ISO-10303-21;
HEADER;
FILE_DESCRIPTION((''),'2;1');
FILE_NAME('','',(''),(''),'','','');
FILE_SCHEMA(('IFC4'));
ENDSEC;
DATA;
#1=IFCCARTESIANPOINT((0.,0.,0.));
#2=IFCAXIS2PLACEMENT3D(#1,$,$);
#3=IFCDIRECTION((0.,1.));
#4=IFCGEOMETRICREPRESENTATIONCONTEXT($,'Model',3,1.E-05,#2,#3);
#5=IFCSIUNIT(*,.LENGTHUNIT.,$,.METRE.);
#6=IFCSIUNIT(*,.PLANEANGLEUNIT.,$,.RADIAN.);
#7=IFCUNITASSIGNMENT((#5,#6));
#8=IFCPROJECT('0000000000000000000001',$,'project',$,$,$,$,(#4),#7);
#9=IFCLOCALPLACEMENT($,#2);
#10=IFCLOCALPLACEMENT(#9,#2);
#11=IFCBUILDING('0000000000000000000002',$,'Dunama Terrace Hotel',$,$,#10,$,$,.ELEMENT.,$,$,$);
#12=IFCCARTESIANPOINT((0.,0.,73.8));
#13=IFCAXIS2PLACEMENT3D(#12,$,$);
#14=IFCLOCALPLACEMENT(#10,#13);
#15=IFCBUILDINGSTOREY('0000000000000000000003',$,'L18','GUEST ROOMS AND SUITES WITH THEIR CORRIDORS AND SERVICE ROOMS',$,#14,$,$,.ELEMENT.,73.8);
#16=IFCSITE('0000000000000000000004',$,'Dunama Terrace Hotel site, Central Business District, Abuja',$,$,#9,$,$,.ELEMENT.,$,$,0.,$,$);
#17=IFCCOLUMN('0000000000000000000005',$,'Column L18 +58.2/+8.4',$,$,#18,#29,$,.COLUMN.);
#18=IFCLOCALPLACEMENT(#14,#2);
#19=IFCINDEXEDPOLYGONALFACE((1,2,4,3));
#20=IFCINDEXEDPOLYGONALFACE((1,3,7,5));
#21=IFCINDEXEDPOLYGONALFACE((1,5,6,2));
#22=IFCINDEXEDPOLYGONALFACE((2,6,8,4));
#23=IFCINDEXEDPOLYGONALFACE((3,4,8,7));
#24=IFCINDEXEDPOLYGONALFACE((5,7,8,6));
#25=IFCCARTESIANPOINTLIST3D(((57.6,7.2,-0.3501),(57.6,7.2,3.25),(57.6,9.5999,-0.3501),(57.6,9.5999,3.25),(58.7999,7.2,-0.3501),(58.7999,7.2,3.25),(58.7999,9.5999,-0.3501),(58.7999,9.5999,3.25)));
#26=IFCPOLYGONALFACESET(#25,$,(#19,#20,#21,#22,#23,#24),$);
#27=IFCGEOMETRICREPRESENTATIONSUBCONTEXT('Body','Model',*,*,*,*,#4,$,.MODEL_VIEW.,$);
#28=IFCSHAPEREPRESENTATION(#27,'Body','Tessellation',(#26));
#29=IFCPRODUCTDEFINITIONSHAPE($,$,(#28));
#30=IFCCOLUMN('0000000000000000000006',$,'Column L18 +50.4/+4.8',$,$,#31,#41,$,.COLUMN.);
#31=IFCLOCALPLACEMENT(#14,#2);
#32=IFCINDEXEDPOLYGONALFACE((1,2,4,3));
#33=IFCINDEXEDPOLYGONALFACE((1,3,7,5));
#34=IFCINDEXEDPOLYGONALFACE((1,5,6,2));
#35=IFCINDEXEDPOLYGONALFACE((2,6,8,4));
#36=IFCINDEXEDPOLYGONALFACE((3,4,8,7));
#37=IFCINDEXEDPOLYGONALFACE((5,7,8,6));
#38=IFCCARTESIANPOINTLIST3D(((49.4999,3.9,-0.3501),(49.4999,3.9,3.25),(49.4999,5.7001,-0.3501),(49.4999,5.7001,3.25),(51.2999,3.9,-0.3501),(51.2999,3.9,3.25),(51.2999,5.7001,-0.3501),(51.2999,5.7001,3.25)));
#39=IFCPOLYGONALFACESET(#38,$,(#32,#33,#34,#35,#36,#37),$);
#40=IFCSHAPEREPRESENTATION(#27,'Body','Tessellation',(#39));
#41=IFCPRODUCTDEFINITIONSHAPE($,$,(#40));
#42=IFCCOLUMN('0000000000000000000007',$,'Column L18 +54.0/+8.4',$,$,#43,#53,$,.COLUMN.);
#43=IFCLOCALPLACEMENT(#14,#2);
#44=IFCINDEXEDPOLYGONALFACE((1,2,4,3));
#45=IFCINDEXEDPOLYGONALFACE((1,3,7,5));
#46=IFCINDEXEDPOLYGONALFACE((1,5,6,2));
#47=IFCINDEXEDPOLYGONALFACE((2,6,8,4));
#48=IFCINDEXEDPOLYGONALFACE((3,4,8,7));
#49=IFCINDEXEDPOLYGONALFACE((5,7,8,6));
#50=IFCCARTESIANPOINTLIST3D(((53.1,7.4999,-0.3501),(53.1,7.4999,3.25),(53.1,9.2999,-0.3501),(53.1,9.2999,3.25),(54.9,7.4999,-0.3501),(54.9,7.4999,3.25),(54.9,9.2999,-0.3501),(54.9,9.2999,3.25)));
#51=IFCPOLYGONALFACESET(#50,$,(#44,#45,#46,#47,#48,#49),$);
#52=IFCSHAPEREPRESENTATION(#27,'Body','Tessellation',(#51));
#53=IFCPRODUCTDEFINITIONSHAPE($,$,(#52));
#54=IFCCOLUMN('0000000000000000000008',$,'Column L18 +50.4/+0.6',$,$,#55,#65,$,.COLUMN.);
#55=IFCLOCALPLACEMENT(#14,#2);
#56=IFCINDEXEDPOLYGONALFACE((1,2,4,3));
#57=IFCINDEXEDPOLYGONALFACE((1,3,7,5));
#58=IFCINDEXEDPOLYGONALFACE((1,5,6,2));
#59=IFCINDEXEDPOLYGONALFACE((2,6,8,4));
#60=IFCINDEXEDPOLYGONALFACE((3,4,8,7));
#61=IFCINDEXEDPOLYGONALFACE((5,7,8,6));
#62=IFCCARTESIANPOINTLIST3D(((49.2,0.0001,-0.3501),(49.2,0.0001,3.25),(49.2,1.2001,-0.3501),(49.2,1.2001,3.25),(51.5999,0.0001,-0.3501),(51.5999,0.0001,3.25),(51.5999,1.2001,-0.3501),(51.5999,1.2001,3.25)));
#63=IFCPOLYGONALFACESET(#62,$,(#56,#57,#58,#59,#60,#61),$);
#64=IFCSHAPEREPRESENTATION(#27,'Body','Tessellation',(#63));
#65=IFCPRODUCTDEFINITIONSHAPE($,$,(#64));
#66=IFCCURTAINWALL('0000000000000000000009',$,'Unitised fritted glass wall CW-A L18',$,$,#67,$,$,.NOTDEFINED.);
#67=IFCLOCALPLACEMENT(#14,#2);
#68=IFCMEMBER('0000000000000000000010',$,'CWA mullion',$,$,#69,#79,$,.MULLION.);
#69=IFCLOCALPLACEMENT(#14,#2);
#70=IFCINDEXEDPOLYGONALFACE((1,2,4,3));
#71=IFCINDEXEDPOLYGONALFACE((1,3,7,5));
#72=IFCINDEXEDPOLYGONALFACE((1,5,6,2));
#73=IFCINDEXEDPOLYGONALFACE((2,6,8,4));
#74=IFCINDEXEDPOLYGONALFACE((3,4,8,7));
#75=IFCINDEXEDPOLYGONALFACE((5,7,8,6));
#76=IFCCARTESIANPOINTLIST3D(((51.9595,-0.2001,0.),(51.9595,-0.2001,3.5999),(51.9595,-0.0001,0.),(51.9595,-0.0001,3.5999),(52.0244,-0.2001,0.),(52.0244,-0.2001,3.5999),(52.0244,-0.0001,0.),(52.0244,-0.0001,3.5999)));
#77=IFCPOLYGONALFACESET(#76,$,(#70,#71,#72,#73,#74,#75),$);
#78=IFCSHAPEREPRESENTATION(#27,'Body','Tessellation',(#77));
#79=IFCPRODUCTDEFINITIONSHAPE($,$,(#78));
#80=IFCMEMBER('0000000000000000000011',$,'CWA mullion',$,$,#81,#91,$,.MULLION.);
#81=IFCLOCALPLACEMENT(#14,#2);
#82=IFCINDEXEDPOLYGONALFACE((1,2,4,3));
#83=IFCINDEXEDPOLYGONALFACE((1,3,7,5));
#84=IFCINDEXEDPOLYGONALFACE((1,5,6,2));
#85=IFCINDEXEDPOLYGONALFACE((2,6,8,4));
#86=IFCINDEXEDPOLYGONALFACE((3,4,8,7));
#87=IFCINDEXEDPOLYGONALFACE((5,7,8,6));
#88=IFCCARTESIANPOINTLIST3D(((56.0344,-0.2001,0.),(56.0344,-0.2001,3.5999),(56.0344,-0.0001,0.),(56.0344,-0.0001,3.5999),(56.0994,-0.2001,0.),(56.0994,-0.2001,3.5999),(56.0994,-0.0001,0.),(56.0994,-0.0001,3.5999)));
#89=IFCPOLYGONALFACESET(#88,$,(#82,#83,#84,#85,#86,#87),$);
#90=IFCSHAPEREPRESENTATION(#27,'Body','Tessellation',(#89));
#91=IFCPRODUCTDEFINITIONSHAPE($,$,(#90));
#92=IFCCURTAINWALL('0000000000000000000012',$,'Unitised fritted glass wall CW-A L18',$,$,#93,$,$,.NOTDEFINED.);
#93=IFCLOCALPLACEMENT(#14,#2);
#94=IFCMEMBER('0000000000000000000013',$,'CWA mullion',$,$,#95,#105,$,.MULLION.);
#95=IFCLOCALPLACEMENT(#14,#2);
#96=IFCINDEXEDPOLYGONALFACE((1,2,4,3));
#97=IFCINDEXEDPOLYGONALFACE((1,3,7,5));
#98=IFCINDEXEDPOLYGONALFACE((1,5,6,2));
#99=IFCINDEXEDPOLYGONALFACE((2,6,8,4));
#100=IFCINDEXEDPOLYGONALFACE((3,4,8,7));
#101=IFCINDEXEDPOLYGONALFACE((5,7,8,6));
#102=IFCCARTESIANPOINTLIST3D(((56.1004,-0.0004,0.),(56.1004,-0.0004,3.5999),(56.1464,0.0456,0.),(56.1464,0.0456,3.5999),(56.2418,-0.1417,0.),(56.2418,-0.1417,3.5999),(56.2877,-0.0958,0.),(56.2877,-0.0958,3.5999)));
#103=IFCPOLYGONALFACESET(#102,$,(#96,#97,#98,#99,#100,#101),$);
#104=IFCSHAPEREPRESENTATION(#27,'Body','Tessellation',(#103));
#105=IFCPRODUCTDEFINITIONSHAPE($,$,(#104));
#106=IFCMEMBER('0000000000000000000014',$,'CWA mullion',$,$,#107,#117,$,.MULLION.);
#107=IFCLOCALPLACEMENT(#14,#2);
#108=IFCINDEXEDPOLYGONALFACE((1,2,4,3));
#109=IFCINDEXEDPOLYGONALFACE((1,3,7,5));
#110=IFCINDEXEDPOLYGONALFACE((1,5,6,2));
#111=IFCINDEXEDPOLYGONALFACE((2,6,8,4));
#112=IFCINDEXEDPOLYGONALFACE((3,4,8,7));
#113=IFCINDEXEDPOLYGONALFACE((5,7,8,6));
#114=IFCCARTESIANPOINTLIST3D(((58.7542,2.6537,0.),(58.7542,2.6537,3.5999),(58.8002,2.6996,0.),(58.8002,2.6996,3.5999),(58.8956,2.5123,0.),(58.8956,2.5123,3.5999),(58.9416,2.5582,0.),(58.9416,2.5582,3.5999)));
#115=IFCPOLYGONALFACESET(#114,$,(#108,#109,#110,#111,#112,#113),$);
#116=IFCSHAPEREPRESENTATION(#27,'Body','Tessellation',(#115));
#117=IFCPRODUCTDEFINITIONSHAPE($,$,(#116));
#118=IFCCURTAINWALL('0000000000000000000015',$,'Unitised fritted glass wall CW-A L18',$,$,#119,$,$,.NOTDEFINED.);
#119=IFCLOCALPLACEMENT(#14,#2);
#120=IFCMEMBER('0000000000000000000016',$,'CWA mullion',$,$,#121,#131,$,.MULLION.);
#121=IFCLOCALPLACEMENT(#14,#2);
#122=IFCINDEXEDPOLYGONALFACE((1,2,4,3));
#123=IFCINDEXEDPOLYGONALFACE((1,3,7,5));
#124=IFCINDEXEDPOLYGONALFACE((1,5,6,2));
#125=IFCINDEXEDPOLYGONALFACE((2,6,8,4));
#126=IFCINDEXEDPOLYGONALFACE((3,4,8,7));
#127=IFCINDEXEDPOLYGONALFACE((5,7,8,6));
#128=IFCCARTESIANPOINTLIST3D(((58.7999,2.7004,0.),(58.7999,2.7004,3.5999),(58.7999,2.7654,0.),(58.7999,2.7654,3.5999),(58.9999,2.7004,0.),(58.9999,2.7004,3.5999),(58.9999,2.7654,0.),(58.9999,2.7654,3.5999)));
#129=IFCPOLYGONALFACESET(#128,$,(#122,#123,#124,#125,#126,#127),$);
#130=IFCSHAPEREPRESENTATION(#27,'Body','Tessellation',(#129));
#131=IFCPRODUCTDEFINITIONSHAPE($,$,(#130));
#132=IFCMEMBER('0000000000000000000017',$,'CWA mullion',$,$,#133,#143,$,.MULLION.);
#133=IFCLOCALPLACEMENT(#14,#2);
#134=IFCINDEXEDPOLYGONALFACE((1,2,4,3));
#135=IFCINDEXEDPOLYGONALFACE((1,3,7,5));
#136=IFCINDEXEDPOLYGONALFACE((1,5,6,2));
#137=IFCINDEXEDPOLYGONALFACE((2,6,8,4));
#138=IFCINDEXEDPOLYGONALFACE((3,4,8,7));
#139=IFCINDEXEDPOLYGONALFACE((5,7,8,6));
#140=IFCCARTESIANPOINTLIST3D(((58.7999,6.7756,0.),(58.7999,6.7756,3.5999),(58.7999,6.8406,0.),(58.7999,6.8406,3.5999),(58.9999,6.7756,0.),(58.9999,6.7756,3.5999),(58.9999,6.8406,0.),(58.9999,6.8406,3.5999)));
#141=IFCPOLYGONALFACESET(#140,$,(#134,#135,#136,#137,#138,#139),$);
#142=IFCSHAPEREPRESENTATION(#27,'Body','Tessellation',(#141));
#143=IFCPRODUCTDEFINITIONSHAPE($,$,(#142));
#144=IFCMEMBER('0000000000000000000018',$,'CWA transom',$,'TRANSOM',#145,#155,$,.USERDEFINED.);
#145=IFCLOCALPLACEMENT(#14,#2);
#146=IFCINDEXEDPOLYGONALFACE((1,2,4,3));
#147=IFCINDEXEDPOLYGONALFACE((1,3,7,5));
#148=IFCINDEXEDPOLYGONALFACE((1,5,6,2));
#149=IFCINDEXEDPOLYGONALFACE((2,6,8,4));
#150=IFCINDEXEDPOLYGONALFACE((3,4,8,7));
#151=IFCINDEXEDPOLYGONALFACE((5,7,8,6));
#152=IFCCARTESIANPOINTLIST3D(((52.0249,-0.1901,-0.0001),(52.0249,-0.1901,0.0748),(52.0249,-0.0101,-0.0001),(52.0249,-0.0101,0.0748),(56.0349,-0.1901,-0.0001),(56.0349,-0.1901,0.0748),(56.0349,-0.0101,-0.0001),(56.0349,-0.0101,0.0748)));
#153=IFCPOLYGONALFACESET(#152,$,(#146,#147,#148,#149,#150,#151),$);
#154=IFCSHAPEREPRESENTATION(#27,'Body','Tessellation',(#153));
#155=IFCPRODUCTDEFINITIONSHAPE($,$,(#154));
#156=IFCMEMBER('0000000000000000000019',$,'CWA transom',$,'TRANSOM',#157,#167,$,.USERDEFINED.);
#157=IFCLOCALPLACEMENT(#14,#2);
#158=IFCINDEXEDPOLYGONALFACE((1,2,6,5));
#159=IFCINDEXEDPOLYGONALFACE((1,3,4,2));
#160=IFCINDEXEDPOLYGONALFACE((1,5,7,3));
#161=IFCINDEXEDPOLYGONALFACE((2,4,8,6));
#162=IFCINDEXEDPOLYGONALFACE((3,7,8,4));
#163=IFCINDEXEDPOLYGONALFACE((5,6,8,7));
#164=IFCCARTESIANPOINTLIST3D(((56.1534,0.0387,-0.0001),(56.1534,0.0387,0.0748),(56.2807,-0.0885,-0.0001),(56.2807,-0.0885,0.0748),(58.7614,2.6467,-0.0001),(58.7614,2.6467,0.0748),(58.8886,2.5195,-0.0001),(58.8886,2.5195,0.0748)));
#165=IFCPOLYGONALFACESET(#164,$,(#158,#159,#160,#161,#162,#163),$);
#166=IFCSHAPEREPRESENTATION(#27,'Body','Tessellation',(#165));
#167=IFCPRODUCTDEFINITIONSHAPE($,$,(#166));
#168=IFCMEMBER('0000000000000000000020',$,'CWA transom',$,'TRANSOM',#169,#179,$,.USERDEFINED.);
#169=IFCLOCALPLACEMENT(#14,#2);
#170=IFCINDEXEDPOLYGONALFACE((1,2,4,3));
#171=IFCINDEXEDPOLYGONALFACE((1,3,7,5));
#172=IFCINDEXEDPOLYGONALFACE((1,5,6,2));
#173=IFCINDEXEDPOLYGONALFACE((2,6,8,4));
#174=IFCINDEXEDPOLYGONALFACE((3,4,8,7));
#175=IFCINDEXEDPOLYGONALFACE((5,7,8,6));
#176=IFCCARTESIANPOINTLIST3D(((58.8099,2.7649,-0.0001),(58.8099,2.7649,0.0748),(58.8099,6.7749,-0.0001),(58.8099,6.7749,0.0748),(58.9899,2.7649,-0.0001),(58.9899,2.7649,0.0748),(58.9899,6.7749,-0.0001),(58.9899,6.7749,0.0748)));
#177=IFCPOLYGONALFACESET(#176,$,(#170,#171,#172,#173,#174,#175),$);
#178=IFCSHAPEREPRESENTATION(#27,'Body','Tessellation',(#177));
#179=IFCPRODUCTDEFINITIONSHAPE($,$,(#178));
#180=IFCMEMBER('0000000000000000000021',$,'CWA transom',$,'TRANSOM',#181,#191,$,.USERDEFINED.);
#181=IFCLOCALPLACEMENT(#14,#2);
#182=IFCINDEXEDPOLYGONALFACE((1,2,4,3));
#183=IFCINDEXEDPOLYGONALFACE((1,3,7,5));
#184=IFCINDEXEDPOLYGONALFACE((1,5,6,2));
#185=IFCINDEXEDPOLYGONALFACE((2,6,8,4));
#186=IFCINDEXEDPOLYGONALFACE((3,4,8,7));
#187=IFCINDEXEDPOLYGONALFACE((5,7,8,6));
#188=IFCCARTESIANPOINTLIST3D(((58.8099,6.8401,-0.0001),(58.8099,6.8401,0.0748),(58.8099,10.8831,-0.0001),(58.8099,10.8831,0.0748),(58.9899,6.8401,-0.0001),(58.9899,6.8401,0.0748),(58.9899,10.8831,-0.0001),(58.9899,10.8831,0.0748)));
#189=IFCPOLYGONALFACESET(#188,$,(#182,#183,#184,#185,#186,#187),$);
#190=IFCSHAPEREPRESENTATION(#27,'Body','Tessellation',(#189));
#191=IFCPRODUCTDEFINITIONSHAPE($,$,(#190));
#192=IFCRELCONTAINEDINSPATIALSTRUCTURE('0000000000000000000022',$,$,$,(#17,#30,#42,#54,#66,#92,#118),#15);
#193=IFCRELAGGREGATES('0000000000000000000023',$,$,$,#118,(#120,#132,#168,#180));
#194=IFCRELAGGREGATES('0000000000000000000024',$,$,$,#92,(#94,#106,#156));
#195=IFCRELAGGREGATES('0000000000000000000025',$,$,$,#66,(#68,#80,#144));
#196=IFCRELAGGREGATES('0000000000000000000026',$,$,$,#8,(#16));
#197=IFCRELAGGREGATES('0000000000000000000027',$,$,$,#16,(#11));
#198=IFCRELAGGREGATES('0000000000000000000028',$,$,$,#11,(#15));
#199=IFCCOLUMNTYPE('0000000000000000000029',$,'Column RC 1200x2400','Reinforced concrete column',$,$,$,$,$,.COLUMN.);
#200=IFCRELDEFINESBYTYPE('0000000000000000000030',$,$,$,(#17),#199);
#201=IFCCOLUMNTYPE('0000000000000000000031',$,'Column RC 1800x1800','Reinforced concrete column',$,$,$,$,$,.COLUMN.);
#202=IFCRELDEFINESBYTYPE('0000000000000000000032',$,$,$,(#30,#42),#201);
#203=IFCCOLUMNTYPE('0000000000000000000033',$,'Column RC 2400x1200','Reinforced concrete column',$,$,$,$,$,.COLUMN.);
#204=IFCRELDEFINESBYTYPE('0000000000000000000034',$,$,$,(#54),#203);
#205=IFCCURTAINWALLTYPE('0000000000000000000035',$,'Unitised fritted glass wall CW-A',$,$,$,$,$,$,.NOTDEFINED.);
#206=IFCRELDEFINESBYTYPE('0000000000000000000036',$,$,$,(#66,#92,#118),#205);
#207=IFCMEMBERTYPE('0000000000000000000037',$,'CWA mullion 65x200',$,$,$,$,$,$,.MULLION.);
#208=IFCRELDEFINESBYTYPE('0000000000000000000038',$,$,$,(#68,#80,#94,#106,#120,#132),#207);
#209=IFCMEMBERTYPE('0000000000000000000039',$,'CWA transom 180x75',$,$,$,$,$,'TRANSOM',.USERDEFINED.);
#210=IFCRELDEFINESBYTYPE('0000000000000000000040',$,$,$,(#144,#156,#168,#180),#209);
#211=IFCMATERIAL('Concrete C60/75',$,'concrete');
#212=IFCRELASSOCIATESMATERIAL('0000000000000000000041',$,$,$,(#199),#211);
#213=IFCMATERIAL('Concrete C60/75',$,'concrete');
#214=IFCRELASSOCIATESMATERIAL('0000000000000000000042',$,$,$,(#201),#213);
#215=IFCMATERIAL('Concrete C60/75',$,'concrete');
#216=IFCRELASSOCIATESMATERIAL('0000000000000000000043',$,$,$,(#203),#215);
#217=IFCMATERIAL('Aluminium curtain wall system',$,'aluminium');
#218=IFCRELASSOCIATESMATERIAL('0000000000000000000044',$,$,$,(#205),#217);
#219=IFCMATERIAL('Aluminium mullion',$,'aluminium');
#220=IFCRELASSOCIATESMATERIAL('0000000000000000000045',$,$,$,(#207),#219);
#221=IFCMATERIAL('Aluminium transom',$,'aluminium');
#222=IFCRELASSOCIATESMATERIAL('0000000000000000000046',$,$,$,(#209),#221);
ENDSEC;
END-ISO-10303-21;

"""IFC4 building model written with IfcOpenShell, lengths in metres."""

from ifc_helpers import new_model, si_unit, direction, frame, origin, origin_2d, place, context, subcontext, project, spatial, rectangle, extrude, material, material_profile, profile_set, type_object, element, aggregate, save


model = new_model("IFC4")

# Units and contexts
model_context = context("Model", 3, precision=1e-05, world=origin(), true_north=direction((0.0, 1.0)))
body_context = subcontext(model_context, "Body", "Model", "MODEL_VIEW")
ifc_project = project(units=[si_unit("LENGTHUNIT", "METRE"), si_unit("PLANEANGLEUNIT", "RADIAN")], contexts=[model_context])

# Site, building, storey
site_placement = place(None, origin())
site = spatial("IfcSite", under=ifc_project, at=site_placement, Name="Dunama Terrace Hotel site, Central Business District, Abuja", CompositionType="ELEMENT", RefElevation=0.0)
building_placement = place(site_placement, origin())
building = spatial("IfcBuilding", under=site, at=building_placement, Name="Dunama Terrace Hotel", CompositionType="ELEMENT")
storey_placement = place(building_placement, frame((0.0, 0.0, 73.8)))
storey = spatial("IfcBuildingStorey", under=building, at=storey_placement, Name="L18", Description="GUEST ROOMS AND SUITES WITH THEIR CORRIDORS AND SERVICE ROOMS", CompositionType="ELEMENT", Elevation=73.8)

# Columns
ifc_material_1 = material(Name="Concrete C60/75", Category="concrete")
ifc_material_profile_1 = material_profile(ifc_material_1, rectangle(XDim=1.2, YDim=2.3999, at=origin_2d()), Name="RC 1200x2400")
ifc_profile_set_1 = profile_set([ifc_material_profile_1], Name="Concrete C60/75")
column_type_1 = type_object("IfcColumnType", Name="Column RC 1200x2400", Description="Reinforced concrete column", PredefinedType="COLUMN", material=ifc_profile_set_1)
column_1_placement = place(storey_placement, frame((58.2, 8.3999, -0.3501), z_axis=(0.0, 0.0, 1.0), x_axis=(1.0, 0.0, 0.0)))
element("IfcColumn", 1, at=column_1_placement, inside=storey, type_object=column_type_1, Name="Column L18 +58.2/+8.4", PredefinedType="COLUMN", context=body_context, shape_type="SweptSolid", body=[
    extrude(rectangle(XDim=1.2, YDim=2.3999, at=origin_2d()), origin(), (0.0, 0.0, 1.0), 3.6001),
])
ifc_material_2 = material(Name="Concrete C60/75", Category="concrete")
ifc_material_profile_2 = material_profile(ifc_material_2, rectangle(XDim=1.8, YDim=1.8, at=origin_2d()), Name="RC 1800x1800")
ifc_profile_set_2 = profile_set([ifc_material_profile_2], Name="Concrete C60/75")
column_type_2 = type_object("IfcColumnType", Name="Column RC 1800x1800", Description="Reinforced concrete column", PredefinedType="COLUMN", material=ifc_profile_set_2)
for number, where, z_axis, x_axis, name in (
    (2, (50.3999, 4.8, -0.3501), (0.0, 0.0, 1.0), (1.0, 0.0, 0.0), "Column L18 +50.4/+4.8"),
    (3, (54.0, 8.3999, -0.3501), (0.0, 0.0, 1.0), (1.0, 0.0, 0.0), "Column L18 +54.0/+8.4"),
):
    element("IfcColumn", number, at=place(storey_placement, frame(where, z_axis=z_axis, x_axis=x_axis)), inside=storey, type_object=column_type_2, Name=name, PredefinedType="COLUMN", context=body_context, shape_type="SweptSolid", body=[
        extrude(rectangle(XDim=1.8, YDim=1.8, at=origin_2d()), origin(), (0.0, 0.0, 1.0), 3.6001),
    ])
ifc_material_3 = material(Name="Concrete C60/75", Category="concrete")
ifc_material_profile_3 = material_profile(ifc_material_3, rectangle(XDim=2.3999, YDim=1.2, at=origin_2d()), Name="RC 2400x1200")
ifc_profile_set_3 = profile_set([ifc_material_profile_3], Name="Concrete C60/75")
column_type_3 = type_object("IfcColumnType", Name="Column RC 2400x1200", Description="Reinforced concrete column", PredefinedType="COLUMN", material=ifc_profile_set_3)
column_2_placement = place(storey_placement, frame((50.3999, 0.6001, -0.3501), z_axis=(0.0, 0.0, 1.0), x_axis=(1.0, 0.0, 0.0)))
element("IfcColumn", 4, at=column_2_placement, inside=storey, type_object=column_type_3, Name="Column L18 +50.4/+0.6", PredefinedType="COLUMN", context=body_context, shape_type="SweptSolid", body=[
    extrude(rectangle(XDim=2.3999, YDim=1.2, at=origin_2d()), origin(), (0.0, 0.0, 1.0), 3.6001),
])

# Curtain walls, members
ifc_material_4 = material(Name="Aluminium curtain wall system", Category="aluminium")
curtain_wall_type = type_object("IfcCurtainWallType", Name="Unitised fritted glass wall CW-A", PredefinedType="NOTDEFINED", material=ifc_material_4)
curtain_wall_1_placement = place(storey_placement, origin())
curtain_wall_1 = element("IfcCurtainWall", 5, at=curtain_wall_1_placement, inside=storey, type_object=curtain_wall_type, Name="Unitised fritted glass wall CW-A L18", PredefinedType="NOTDEFINED")
ifc_material_5 = material(Name="Aluminium mullion", Category="aluminium")
ifc_material_profile_4 = material_profile(ifc_material_5, rectangle(XDim=0.0649, YDim=0.2, at=origin_2d()), Name="CWA MULLION 65X200")
ifc_profile_set_4 = profile_set([ifc_material_profile_4], Name="Aluminium mullion")
member_type_1 = type_object("IfcMemberType", Name="CWA mullion 65x200", PredefinedType="MULLION", material=ifc_profile_set_4)
member_1_placement = place(storey_placement, frame((51.9919, -0.1001, 0.0), z_axis=(0.0, 0.0, 1.0), x_axis=(1.0, 0.0, 0.0)))
member_1 = element("IfcMember", 6, at=member_1_placement, type_object=member_type_1, Name="CWA mullion", PredefinedType="MULLION", context=body_context, shape_type="SweptSolid", body=[
    extrude(rectangle(XDim=0.0649, YDim=0.2, at=origin_2d()), origin(), (0.0, 0.0, 1.0), 3.5999),
])
member_2_placement = place(storey_placement, frame((56.0669, -0.1001, 0.0), z_axis=(0.0, 0.0, 1.0), x_axis=(1.0, 0.0, 0.0)))
member_2 = element("IfcMember", 7, at=member_2_placement, type_object=member_type_1, Name="CWA mullion", PredefinedType="MULLION", context=body_context, shape_type="SweptSolid", body=[
    extrude(rectangle(XDim=0.0649, YDim=0.2, at=origin_2d()), origin(), (0.0, 0.0, 1.0), 3.5999),
])
curtain_wall_2_placement = place(storey_placement, origin())
curtain_wall_2 = element("IfcCurtainWall", 8, at=curtain_wall_2_placement, inside=storey, type_object=curtain_wall_type, Name="Unitised fritted glass wall CW-A L18", PredefinedType="NOTDEFINED")
member_3_placement = place(storey_placement, frame((56.1941, -0.0481, 0.0), z_axis=(0.0, 0.0, 1.0), x_axis=(0.707107, 0.707107, 0.0)))
member_3 = element("IfcMember", 9, at=member_3_placement, type_object=member_type_1, Name="CWA mullion", PredefinedType="MULLION", context=body_context, shape_type="SweptSolid", body=[
    extrude(rectangle(XDim=0.0649, YDim=0.2, at=origin_2d()), origin(), (0.0, 0.0, 1.0), 3.5999),
])
member_4_placement = place(storey_placement, frame((58.8479, 2.606, 0.0), z_axis=(0.0, 0.0, 1.0), x_axis=(0.707107, 0.707107, 0.0)))
member_4 = element("IfcMember", 10, at=member_4_placement, type_object=member_type_1, Name="CWA mullion", PredefinedType="MULLION", context=body_context, shape_type="SweptSolid", body=[
    extrude(rectangle(XDim=0.0649, YDim=0.2, at=origin_2d()), origin(), (0.0, 0.0, 1.0), 3.5999),
])
curtain_wall_3_placement = place(storey_placement, origin())
curtain_wall_3 = element("IfcCurtainWall", 11, at=curtain_wall_3_placement, inside=storey, type_object=curtain_wall_type, Name="Unitised fritted glass wall CW-A L18", PredefinedType="NOTDEFINED")
member_5_placement = place(storey_placement, frame((58.8999, 2.7329, 0.0), z_axis=(0.0, 0.0, 1.0), x_axis=(0.0, 1.0, 0.0)))
member_5 = element("IfcMember", 12, at=member_5_placement, type_object=member_type_1, Name="CWA mullion", PredefinedType="MULLION", context=body_context, shape_type="SweptSolid", body=[
    extrude(rectangle(XDim=0.0649, YDim=0.2, at=origin_2d()), origin(), (0.0, 0.0, 1.0), 3.5999),
])
member_6_placement = place(storey_placement, frame((58.8999, 6.8081, 0.0), z_axis=(0.0, 0.0, 1.0), x_axis=(0.0, 1.0, 0.0)))
member_6 = element("IfcMember", 13, at=member_6_placement, type_object=member_type_1, Name="CWA mullion", PredefinedType="MULLION", context=body_context, shape_type="SweptSolid", body=[
    extrude(rectangle(XDim=0.0649, YDim=0.2, at=origin_2d()), origin(), (0.0, 0.0, 1.0), 3.5999),
])

# Members
ifc_material_6 = material(Name="Aluminium transom", Category="aluminium")
ifc_material_profile_5 = material_profile(ifc_material_6, rectangle(XDim=0.1799, YDim=0.075, at=origin_2d()), Name="CWA TRANSOM 180X75")
ifc_profile_set_5 = profile_set([ifc_material_profile_5], Name="Aluminium transom")
member_type_2 = type_object("IfcMemberType", Name="CWA transom 180x75", ElementType="TRANSOM", PredefinedType="USERDEFINED", material=ifc_profile_set_5)
member_7_placement = place(storey_placement, frame((52.0249, -0.1001, 0.0374), z_axis=(1.0, 0.0, 0.0), x_axis=(0.0, 1.0, 0.0)))
member_7 = element("IfcMember", 14, at=member_7_placement, type_object=member_type_2, Name="CWA transom", ObjectType="TRANSOM", PredefinedType="USERDEFINED", context=body_context, shape_type="SweptSolid", body=[
    extrude(rectangle(XDim=0.1799, YDim=0.075, at=origin_2d()), origin(), (0.0, 0.0, 1.0), 4.01),
])
member_8_placement = place(storey_placement, frame((56.217, -0.0249, 0.0374), z_axis=(0.707107, 0.707107, 0.0), x_axis=(-0.707107, 0.707107, 0.0)))
member_8 = element("IfcMember", 15, at=member_8_placement, type_object=member_type_2, Name="CWA transom", ObjectType="TRANSOM", PredefinedType="USERDEFINED", context=body_context, shape_type="SweptSolid", body=[
    extrude(rectangle(XDim=0.1799, YDim=0.075, at=origin_2d()), origin(), (0.0, 0.0, 1.0), 3.6882),
])
member_9_placement = place(storey_placement, frame((58.8999, 2.7649, 0.0374), z_axis=(0.0, 1.0, 0.0), x_axis=(-1.0, 0.0, 0.0)))
member_9 = element("IfcMember", 16, at=member_9_placement, type_object=member_type_2, Name="CWA transom", ObjectType="TRANSOM", PredefinedType="USERDEFINED", context=body_context, shape_type="SweptSolid", body=[
    extrude(rectangle(XDim=0.1799, YDim=0.075, at=origin_2d()), origin(), (0.0, 0.0, 1.0), 4.01),
])
member_10_placement = place(storey_placement, frame((58.8999, 6.8401, 0.0374), z_axis=(0.0, 1.0, 0.0), x_axis=(-1.0, 0.0, 0.0)))
member_10 = element("IfcMember", 17, at=member_10_placement, type_object=member_type_2, Name="CWA transom", ObjectType="TRANSOM", PredefinedType="USERDEFINED", context=body_context, shape_type="SweptSolid", body=[
    extrude(rectangle(XDim=0.1799, YDim=0.075, at=origin_2d()), origin(), (0.0, 0.0, 1.0), 4.043),
])

aggregate(curtain_wall_3, [member_5, member_6, member_9, member_10])
aggregate(curtain_wall_2, [member_3, member_4, member_8])
aggregate(curtain_wall_1, [member_1, member_2, member_7])

save(model, "model.ifc")
